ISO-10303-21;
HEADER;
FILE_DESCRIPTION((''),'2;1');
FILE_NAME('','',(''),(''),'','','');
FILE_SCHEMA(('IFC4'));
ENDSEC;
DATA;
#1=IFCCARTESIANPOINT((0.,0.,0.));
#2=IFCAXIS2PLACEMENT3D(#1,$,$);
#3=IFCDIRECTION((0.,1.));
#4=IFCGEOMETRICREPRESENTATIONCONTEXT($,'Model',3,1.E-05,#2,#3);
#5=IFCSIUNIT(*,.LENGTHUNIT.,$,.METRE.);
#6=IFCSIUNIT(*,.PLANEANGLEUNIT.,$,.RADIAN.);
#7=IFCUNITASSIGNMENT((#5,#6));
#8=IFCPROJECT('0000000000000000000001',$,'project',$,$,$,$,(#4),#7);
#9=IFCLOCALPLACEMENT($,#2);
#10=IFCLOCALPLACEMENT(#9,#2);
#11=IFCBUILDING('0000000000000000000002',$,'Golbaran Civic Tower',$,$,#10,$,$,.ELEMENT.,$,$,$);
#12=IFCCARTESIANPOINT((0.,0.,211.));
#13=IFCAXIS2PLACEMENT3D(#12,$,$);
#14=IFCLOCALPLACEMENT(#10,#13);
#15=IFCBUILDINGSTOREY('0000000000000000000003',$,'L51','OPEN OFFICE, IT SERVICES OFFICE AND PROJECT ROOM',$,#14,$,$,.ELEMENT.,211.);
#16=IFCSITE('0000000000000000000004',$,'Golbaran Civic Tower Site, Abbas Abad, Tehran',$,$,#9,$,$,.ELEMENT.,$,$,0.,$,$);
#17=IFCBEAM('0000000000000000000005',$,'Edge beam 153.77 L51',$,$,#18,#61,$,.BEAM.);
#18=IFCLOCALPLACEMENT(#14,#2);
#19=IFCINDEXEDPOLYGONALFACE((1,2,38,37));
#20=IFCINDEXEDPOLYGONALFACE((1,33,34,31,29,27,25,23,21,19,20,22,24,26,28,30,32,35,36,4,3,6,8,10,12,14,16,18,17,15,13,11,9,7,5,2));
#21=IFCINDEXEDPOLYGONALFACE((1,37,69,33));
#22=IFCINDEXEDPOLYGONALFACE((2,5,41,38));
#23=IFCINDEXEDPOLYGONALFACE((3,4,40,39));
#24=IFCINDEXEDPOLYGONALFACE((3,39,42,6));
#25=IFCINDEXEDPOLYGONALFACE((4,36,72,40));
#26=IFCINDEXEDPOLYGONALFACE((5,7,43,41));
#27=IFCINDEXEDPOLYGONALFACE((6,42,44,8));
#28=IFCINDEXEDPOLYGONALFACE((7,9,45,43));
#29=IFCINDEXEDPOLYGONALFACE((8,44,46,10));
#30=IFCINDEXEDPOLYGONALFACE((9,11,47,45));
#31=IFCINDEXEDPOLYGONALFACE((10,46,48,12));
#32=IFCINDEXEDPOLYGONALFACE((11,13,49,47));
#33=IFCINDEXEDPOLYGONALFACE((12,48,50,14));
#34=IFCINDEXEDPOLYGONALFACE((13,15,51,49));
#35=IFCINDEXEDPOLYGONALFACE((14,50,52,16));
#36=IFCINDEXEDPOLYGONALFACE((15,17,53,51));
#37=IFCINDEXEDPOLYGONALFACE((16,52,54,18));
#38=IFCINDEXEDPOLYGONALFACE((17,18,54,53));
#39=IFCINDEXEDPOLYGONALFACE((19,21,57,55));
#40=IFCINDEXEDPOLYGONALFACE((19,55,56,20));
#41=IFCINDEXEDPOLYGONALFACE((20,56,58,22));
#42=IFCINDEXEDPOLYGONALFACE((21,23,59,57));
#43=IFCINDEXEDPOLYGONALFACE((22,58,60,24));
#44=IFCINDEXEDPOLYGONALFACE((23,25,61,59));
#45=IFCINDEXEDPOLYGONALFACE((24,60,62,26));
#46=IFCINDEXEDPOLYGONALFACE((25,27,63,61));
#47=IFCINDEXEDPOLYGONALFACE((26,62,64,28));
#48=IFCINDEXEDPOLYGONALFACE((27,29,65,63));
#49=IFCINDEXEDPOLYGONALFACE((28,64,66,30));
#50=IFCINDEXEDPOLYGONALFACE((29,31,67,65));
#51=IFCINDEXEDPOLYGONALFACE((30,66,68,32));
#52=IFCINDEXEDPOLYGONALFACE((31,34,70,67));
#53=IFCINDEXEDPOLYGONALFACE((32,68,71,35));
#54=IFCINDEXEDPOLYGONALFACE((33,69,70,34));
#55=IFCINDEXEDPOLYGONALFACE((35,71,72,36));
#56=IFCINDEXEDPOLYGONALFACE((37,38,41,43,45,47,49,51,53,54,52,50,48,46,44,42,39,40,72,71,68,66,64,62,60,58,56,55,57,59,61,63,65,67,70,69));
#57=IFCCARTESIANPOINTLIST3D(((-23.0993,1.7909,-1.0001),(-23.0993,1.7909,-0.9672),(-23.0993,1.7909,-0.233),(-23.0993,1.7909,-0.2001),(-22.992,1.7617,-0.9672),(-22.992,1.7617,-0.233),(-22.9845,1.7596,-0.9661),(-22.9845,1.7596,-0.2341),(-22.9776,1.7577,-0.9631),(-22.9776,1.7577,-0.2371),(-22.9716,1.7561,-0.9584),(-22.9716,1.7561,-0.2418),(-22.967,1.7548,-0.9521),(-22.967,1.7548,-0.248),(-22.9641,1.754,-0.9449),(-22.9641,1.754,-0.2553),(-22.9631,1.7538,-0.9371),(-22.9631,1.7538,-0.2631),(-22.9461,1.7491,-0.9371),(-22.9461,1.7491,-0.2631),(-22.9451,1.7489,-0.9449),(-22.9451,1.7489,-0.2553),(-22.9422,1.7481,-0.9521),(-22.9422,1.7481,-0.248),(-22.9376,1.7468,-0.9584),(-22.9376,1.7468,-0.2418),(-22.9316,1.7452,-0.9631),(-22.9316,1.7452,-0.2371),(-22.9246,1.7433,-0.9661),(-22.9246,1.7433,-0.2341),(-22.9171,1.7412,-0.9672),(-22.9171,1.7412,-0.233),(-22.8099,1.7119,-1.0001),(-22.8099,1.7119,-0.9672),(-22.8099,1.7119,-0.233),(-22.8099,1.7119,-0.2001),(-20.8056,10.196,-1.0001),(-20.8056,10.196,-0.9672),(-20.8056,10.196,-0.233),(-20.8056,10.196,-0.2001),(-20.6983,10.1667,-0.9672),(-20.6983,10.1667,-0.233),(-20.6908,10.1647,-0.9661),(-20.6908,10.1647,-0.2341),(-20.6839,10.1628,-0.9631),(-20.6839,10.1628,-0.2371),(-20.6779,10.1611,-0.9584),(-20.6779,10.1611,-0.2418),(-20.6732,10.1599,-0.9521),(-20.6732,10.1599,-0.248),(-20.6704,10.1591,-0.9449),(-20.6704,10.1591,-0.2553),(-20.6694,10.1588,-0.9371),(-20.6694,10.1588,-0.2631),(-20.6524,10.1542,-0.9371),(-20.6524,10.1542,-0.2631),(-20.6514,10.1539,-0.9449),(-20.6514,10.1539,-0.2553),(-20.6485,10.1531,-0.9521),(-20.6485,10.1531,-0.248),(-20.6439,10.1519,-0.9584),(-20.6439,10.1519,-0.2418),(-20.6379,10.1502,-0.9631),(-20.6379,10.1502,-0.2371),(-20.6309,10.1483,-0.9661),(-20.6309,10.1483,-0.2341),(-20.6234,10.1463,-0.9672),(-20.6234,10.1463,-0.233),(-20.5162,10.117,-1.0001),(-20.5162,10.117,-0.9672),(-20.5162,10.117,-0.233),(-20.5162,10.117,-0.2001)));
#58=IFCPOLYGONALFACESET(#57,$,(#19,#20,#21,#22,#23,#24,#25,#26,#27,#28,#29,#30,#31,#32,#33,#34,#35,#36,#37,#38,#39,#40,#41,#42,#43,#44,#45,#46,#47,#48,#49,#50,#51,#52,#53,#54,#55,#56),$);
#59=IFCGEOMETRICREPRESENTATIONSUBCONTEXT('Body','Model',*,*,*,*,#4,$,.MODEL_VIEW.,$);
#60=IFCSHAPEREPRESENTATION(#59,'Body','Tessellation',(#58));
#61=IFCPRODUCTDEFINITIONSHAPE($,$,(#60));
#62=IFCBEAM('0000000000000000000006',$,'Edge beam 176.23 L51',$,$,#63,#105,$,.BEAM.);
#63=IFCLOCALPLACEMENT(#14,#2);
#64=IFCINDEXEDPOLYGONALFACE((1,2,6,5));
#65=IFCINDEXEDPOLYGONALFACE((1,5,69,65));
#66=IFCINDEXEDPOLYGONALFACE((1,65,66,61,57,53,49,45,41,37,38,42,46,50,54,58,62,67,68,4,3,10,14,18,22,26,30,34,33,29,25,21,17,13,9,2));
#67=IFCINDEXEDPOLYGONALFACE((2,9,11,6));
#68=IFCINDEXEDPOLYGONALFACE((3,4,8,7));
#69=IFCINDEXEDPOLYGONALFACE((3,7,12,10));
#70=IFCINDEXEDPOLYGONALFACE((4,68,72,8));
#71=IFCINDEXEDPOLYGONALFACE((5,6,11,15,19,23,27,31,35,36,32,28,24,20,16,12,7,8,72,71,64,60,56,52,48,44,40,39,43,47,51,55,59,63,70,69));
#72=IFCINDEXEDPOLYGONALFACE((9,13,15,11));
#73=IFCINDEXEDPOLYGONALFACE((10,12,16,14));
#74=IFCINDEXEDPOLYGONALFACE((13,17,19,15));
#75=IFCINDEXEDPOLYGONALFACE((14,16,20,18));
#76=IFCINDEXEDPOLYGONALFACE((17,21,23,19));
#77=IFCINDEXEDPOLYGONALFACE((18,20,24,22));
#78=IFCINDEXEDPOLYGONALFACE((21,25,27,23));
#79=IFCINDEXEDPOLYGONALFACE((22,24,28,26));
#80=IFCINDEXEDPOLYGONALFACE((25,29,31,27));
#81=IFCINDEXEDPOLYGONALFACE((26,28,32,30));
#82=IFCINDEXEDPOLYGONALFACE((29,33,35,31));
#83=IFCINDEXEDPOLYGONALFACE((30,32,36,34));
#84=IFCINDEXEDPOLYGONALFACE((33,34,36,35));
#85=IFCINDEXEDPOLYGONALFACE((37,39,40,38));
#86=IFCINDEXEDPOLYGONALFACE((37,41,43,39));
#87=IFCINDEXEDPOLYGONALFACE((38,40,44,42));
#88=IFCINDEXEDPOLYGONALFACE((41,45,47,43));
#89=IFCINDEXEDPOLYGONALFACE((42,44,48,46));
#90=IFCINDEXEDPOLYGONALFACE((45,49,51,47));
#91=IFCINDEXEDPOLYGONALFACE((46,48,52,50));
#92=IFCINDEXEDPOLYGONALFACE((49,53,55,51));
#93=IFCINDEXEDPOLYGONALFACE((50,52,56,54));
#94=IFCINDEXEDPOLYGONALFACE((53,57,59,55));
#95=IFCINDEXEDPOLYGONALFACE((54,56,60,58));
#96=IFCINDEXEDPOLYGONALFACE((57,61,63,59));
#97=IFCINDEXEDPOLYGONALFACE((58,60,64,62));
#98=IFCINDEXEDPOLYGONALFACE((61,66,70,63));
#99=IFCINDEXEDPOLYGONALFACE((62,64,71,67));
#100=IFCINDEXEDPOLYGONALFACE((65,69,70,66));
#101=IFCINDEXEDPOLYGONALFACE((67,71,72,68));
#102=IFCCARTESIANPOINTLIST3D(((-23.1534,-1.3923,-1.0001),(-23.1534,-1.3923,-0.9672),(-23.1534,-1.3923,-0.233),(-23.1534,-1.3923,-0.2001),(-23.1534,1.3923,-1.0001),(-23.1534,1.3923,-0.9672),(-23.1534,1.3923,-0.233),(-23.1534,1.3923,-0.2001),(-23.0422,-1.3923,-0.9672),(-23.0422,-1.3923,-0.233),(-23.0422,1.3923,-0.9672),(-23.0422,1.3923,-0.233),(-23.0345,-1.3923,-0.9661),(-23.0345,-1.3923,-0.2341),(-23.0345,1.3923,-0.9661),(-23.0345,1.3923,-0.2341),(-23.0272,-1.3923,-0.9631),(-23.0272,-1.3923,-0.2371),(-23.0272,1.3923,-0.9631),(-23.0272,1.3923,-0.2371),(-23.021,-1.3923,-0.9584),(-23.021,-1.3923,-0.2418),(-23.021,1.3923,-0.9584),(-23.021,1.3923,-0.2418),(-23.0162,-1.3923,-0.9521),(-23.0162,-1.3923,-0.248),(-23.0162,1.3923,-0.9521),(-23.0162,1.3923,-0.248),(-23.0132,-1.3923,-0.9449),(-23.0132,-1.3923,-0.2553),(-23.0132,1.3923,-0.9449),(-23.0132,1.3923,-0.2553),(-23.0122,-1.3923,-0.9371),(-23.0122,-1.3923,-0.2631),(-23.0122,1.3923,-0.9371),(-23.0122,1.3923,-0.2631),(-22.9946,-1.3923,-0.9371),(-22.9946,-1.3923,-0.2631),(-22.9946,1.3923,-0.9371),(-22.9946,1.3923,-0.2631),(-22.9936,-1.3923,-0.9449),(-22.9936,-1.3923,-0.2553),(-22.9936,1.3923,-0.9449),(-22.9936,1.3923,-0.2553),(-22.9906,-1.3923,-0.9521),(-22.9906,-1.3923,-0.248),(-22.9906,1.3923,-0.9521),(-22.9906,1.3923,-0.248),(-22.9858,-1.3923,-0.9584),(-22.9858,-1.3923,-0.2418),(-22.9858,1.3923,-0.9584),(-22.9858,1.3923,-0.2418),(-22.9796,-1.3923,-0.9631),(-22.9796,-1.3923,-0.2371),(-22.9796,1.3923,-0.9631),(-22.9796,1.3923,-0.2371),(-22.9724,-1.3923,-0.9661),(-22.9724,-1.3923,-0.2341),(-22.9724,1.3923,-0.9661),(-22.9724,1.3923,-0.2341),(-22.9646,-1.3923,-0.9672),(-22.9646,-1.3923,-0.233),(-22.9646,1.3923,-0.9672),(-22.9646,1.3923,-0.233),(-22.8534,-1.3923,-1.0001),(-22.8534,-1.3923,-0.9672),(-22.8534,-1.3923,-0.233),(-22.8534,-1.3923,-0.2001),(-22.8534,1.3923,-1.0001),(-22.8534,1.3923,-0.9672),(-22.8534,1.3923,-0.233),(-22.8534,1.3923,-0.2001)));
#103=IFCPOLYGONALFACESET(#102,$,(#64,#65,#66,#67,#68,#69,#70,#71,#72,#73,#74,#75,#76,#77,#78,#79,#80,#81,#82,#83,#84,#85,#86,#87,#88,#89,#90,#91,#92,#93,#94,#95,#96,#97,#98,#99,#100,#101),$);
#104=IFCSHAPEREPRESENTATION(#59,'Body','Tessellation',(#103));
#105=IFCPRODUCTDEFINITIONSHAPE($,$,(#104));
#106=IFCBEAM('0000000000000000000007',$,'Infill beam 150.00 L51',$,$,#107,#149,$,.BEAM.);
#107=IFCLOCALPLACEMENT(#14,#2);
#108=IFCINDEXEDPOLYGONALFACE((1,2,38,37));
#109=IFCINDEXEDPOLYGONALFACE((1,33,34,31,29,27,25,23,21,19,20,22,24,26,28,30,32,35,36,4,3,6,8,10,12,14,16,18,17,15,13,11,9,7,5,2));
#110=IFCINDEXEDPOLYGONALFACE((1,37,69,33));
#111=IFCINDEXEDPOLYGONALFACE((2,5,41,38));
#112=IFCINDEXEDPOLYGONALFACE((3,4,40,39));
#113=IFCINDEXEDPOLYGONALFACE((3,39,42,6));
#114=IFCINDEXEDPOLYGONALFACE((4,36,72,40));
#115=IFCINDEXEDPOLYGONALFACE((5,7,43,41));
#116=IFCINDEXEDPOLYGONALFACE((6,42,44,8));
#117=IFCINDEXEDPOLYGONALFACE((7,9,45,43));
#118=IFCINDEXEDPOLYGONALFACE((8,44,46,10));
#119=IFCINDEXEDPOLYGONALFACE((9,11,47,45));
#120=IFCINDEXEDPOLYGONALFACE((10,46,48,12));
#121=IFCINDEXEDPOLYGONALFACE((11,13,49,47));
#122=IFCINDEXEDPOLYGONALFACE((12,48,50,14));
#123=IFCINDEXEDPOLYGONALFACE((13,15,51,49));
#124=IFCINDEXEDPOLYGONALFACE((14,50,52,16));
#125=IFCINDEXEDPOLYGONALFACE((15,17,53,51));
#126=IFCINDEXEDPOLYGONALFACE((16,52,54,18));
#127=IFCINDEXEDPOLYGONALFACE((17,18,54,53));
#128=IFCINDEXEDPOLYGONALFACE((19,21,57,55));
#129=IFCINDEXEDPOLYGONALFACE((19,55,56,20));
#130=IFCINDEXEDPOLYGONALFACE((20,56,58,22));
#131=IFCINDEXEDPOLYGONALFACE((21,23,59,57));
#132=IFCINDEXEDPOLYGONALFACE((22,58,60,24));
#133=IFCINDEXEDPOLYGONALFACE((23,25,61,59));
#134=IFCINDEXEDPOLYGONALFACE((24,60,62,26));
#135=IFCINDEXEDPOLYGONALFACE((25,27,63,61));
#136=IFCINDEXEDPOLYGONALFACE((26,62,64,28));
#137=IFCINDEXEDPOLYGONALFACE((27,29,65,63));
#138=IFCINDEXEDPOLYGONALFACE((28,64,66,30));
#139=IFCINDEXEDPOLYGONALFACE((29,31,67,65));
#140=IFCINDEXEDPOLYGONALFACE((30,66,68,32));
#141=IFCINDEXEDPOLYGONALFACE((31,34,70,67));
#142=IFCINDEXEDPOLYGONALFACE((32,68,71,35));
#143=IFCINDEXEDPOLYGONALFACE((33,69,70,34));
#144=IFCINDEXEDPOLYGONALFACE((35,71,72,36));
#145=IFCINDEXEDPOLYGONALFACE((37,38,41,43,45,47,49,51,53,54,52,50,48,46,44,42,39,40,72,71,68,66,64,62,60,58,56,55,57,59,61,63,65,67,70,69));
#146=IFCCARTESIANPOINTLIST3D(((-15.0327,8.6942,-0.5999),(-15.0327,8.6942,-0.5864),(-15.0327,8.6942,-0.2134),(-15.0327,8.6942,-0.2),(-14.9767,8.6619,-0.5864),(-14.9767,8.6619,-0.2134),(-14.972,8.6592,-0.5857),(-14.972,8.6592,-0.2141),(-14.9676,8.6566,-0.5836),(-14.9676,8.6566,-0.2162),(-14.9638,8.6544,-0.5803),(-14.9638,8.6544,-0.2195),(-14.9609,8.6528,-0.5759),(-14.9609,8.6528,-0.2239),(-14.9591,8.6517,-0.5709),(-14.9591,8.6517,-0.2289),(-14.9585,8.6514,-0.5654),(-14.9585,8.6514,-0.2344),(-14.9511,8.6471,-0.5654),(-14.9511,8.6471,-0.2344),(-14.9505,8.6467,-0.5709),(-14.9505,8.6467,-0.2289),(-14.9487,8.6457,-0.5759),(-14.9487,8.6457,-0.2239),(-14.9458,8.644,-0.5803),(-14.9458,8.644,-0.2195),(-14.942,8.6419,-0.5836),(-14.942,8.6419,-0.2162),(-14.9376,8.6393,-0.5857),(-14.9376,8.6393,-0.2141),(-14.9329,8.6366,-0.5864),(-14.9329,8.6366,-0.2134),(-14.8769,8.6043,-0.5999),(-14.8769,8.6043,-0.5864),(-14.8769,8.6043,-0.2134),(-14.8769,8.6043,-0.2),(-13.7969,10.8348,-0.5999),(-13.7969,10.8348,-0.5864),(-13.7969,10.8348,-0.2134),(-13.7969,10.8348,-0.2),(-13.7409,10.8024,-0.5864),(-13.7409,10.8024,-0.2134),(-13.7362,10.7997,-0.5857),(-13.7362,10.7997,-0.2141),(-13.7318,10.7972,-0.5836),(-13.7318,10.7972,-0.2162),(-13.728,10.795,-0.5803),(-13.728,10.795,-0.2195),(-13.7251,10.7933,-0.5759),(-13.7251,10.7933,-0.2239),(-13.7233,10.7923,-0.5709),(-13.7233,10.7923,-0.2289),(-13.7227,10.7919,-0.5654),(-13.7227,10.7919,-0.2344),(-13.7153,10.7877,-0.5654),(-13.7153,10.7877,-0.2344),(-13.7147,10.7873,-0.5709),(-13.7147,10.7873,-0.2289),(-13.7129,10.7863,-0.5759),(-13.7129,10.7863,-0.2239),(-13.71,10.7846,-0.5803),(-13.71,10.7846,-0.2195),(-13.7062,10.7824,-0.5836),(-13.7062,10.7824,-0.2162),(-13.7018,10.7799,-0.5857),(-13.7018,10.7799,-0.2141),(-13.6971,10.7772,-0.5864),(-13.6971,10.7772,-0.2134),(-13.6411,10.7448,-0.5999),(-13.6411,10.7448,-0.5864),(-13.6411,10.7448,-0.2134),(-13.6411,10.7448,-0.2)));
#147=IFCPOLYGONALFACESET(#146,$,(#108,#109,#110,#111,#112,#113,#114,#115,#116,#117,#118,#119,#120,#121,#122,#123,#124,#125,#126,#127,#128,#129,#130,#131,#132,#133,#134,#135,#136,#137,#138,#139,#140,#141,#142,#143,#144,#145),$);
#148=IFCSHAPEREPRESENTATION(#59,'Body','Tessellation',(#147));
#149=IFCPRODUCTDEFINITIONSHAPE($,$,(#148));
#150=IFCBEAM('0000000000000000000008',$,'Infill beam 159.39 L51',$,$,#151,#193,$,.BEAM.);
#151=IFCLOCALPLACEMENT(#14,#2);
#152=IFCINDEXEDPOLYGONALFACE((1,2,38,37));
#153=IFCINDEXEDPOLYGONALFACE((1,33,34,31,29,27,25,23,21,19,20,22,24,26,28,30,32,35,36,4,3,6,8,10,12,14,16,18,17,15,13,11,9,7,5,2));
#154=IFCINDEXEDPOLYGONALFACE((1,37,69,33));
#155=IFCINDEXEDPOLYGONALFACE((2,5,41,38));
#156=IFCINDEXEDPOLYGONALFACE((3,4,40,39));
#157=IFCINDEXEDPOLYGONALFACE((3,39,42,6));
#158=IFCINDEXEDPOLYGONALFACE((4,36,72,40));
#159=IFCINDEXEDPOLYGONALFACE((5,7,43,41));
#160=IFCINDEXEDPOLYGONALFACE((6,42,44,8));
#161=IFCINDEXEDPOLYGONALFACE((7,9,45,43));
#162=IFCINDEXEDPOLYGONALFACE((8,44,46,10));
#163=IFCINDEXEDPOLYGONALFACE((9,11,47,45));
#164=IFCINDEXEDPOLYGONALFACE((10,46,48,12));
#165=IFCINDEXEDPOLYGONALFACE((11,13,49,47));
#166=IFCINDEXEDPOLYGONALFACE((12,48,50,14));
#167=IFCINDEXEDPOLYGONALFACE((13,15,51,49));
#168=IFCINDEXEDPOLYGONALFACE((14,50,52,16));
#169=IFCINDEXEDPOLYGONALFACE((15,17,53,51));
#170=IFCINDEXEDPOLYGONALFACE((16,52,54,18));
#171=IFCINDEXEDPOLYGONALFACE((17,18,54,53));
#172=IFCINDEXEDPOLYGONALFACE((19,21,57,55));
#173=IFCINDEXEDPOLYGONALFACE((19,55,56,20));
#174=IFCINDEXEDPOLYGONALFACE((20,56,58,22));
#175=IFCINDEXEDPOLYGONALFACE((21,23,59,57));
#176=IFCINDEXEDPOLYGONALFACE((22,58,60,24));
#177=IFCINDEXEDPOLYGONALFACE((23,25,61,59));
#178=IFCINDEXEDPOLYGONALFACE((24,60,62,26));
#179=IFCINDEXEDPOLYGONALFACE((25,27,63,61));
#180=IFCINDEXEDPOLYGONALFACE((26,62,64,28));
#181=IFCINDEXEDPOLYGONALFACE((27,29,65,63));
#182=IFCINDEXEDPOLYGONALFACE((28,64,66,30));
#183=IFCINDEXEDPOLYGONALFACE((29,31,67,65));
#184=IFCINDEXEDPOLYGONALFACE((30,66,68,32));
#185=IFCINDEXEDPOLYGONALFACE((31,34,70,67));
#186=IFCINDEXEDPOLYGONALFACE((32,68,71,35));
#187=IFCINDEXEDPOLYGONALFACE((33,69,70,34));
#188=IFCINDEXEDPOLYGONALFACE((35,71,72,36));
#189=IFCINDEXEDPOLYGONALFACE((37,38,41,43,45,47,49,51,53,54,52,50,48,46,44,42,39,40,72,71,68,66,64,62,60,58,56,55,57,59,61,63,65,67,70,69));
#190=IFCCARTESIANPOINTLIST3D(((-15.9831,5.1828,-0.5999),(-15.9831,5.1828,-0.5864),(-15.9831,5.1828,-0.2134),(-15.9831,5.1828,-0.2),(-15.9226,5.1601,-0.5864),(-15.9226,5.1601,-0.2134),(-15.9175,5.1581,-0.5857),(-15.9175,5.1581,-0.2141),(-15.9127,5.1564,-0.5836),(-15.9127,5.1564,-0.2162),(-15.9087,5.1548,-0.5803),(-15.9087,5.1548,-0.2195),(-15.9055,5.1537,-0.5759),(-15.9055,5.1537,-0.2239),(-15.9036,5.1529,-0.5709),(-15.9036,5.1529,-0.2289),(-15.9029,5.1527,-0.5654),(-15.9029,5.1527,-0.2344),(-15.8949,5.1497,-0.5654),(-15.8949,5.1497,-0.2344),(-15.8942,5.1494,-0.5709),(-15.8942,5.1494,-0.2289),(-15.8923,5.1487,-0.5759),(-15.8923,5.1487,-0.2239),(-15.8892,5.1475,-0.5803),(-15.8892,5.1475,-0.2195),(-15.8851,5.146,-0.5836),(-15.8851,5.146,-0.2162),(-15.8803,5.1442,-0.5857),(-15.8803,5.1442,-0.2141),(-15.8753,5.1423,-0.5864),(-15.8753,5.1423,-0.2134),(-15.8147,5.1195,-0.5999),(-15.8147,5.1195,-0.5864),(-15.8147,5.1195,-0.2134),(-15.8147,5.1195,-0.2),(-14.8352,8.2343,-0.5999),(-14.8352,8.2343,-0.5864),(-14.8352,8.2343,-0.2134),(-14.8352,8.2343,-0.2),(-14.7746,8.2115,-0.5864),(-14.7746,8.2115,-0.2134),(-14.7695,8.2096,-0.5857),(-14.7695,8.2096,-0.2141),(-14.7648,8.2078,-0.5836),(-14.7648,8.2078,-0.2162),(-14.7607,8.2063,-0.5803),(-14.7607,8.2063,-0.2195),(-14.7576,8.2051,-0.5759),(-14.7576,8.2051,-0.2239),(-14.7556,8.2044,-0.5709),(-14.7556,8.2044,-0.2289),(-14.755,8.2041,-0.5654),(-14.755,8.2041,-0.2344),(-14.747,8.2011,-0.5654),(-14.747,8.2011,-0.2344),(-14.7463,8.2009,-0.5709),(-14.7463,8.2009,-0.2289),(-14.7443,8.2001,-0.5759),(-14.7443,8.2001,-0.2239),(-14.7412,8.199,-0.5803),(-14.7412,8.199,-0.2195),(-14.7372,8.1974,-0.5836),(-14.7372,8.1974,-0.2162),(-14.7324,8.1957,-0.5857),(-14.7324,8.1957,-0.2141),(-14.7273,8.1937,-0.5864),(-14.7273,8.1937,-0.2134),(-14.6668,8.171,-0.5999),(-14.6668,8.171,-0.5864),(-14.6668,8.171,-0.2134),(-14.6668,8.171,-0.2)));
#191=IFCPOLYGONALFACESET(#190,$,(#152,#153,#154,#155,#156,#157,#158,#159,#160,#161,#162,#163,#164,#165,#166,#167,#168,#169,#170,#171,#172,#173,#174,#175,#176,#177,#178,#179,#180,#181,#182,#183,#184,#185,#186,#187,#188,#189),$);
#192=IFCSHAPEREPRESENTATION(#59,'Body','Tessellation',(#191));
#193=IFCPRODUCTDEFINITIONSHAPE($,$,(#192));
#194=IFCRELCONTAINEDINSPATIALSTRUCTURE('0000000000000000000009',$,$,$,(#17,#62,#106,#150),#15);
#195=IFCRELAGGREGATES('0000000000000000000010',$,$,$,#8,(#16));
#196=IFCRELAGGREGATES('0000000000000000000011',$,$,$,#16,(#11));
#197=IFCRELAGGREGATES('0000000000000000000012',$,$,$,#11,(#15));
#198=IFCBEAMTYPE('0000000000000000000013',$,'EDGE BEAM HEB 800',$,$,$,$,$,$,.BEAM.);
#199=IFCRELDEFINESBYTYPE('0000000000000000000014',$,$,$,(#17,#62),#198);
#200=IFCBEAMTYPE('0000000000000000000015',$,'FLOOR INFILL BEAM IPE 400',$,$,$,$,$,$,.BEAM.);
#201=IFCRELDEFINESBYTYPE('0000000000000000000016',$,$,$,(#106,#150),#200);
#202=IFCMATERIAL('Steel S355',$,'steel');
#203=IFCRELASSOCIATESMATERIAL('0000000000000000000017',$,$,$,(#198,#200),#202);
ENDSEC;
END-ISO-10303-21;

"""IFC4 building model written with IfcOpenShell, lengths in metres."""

from ifc_helpers import new_model, si_unit, direction, frame, origin, origin_2d, place, context, subcontext, project, spatial, i_section, extrude, material, material_profile, profile_set, type_object, element, save


model = new_model("IFC4")

# Units and contexts
model_context = context("Model", 3, precision=1e-05, world=origin(), true_north=direction((0.0, 1.0)))
body_context = subcontext(model_context, "Body", "Model", "MODEL_VIEW")
ifc_project = project(units=[si_unit("LENGTHUNIT", "METRE"), si_unit("PLANEANGLEUNIT", "RADIAN")], contexts=[model_context])

# Site, building, storey
site_placement = place(None, origin())
site = spatial("IfcSite", under=ifc_project, at=site_placement, Name="Golbaran Civic Tower Site, Abbas Abad, Tehran", CompositionType="ELEMENT", RefElevation=0.0)
building_placement = place(site_placement, origin())
building = spatial("IfcBuilding", under=site, at=building_placement, Name="Golbaran Civic Tower", CompositionType="ELEMENT")
storey_placement = place(building_placement, frame((0.0, 0.0, 211.0)))
storey = spatial("IfcBuildingStorey", under=building, at=storey_placement, Name="L51", Description="OPEN OFFICE, IT SERVICES OFFICE AND PROJECT ROOM", CompositionType="ELEMENT", Elevation=211.0)

# Beams
ifc_material_1 = material(Name="Steel S355", Category="steel")
ifc_material_profile_1 = material_profile(ifc_material_1, i_section(OverallWidth=0.3, OverallDepth=0.8, WebThickness=0.0176, FlangeThickness=0.033, FilletRadius=0.03, at=origin_2d()), Name="HEB 800")
ifc_profile_set_1 = profile_set([ifc_material_profile_1], Name="Steel S355")
beam_type_1 = type_object("IfcBeamType", Name="EDGE BEAM HEB 800", PredefinedType="BEAM", material=ifc_profile_set_1)
beam_1_placement = place(storey_placement, frame((-20.6609, 10.1565, -0.6001), z_axis=(-0.263269, -0.964722, 0.0), x_axis=(0.964722, -0.263269, 0.0)))
element("IfcBeam", 1, at=beam_1_placement, inside=storey, type_object=beam_type_1, Name="Edge beam 153.77 L51", PredefinedType="BEAM", context=body_context, shape_type="SweptSolid", body=[
    extrude(i_section(OverallWidth=0.3, OverallDepth=0.8, WebThickness=0.0176, FlangeThickness=0.033, FilletRadius=0.03, at=origin_2d()), origin(), (0.0, 0.0, 1.0), 8.7124),
])
beam_2_placement = place(storey_placement, frame((-23.0034, 1.3923, -0.6001), z_axis=(0.0, -1.0, 0.0), x_axis=(1.0, 0.0, 0.0)))
element("IfcBeam", 2, at=beam_2_placement, inside=storey, type_object=beam_type_1, Name="Edge beam 176.23 L51", PredefinedType="BEAM", context=body_context, shape_type="SweptSolid", body=[
    extrude(i_section(OverallWidth=0.3, OverallDepth=0.8, WebThickness=0.0176, FlangeThickness=0.033, FilletRadius=0.03, at=origin_2d()), origin(), (0.0, 0.0, 1.0), 2.7847),
])
ifc_material_profile_2 = material_profile(ifc_material_1, i_section(OverallWidth=0.1799, OverallDepth=0.3999, WebThickness=0.0085, FlangeThickness=0.0134, FilletRadius=0.021, at=origin_2d()), Name="IPE 400")
ifc_profile_set_2 = profile_set([ifc_material_profile_2], Name="Steel S355")
beam_type_2 = type_object("IfcBeamType", Name="FLOOR INFILL BEAM IPE 400", PredefinedType="BEAM", material=ifc_profile_set_2)
beam_3_placement = place(storey_placement, frame((-13.719, 10.7898, -0.3999), z_axis=(-0.499985, -0.866034, 0.0), x_axis=(0.866034, -0.499985, 0.0)))
element("IfcBeam", 3, at=beam_3_placement, inside=storey, type_object=beam_type_2, Name="Infill beam 150.00 L51", PredefinedType="BEAM", context=body_context, shape_type="SweptSolid", body=[
    extrude(i_section(OverallWidth=0.1799, OverallDepth=0.3999, WebThickness=0.0085, FlangeThickness=0.0134, FilletRadius=0.021, at=origin_2d()), origin(), (0.0, 0.0, 1.0), 2.4717),
])
beam_4_placement = place(storey_placement, frame((-14.751, 8.2026, -0.3999), z_axis=(-0.3521, -0.935962, 0.0), x_axis=(0.935962, -0.3521, 0.0)))
element("IfcBeam", 4, at=beam_4_placement, inside=storey, type_object=beam_type_2, Name="Infill beam 159.39 L51", PredefinedType="BEAM", context=body_context, shape_type="SweptSolid", body=[
    extrude(i_section(OverallWidth=0.1799, OverallDepth=0.3999, WebThickness=0.0085, FlangeThickness=0.0134, FilletRadius=0.021, at=origin_2d()), origin(), (0.0, 0.0, 1.0), 3.2603),
])

save(model, "model.ifc")
